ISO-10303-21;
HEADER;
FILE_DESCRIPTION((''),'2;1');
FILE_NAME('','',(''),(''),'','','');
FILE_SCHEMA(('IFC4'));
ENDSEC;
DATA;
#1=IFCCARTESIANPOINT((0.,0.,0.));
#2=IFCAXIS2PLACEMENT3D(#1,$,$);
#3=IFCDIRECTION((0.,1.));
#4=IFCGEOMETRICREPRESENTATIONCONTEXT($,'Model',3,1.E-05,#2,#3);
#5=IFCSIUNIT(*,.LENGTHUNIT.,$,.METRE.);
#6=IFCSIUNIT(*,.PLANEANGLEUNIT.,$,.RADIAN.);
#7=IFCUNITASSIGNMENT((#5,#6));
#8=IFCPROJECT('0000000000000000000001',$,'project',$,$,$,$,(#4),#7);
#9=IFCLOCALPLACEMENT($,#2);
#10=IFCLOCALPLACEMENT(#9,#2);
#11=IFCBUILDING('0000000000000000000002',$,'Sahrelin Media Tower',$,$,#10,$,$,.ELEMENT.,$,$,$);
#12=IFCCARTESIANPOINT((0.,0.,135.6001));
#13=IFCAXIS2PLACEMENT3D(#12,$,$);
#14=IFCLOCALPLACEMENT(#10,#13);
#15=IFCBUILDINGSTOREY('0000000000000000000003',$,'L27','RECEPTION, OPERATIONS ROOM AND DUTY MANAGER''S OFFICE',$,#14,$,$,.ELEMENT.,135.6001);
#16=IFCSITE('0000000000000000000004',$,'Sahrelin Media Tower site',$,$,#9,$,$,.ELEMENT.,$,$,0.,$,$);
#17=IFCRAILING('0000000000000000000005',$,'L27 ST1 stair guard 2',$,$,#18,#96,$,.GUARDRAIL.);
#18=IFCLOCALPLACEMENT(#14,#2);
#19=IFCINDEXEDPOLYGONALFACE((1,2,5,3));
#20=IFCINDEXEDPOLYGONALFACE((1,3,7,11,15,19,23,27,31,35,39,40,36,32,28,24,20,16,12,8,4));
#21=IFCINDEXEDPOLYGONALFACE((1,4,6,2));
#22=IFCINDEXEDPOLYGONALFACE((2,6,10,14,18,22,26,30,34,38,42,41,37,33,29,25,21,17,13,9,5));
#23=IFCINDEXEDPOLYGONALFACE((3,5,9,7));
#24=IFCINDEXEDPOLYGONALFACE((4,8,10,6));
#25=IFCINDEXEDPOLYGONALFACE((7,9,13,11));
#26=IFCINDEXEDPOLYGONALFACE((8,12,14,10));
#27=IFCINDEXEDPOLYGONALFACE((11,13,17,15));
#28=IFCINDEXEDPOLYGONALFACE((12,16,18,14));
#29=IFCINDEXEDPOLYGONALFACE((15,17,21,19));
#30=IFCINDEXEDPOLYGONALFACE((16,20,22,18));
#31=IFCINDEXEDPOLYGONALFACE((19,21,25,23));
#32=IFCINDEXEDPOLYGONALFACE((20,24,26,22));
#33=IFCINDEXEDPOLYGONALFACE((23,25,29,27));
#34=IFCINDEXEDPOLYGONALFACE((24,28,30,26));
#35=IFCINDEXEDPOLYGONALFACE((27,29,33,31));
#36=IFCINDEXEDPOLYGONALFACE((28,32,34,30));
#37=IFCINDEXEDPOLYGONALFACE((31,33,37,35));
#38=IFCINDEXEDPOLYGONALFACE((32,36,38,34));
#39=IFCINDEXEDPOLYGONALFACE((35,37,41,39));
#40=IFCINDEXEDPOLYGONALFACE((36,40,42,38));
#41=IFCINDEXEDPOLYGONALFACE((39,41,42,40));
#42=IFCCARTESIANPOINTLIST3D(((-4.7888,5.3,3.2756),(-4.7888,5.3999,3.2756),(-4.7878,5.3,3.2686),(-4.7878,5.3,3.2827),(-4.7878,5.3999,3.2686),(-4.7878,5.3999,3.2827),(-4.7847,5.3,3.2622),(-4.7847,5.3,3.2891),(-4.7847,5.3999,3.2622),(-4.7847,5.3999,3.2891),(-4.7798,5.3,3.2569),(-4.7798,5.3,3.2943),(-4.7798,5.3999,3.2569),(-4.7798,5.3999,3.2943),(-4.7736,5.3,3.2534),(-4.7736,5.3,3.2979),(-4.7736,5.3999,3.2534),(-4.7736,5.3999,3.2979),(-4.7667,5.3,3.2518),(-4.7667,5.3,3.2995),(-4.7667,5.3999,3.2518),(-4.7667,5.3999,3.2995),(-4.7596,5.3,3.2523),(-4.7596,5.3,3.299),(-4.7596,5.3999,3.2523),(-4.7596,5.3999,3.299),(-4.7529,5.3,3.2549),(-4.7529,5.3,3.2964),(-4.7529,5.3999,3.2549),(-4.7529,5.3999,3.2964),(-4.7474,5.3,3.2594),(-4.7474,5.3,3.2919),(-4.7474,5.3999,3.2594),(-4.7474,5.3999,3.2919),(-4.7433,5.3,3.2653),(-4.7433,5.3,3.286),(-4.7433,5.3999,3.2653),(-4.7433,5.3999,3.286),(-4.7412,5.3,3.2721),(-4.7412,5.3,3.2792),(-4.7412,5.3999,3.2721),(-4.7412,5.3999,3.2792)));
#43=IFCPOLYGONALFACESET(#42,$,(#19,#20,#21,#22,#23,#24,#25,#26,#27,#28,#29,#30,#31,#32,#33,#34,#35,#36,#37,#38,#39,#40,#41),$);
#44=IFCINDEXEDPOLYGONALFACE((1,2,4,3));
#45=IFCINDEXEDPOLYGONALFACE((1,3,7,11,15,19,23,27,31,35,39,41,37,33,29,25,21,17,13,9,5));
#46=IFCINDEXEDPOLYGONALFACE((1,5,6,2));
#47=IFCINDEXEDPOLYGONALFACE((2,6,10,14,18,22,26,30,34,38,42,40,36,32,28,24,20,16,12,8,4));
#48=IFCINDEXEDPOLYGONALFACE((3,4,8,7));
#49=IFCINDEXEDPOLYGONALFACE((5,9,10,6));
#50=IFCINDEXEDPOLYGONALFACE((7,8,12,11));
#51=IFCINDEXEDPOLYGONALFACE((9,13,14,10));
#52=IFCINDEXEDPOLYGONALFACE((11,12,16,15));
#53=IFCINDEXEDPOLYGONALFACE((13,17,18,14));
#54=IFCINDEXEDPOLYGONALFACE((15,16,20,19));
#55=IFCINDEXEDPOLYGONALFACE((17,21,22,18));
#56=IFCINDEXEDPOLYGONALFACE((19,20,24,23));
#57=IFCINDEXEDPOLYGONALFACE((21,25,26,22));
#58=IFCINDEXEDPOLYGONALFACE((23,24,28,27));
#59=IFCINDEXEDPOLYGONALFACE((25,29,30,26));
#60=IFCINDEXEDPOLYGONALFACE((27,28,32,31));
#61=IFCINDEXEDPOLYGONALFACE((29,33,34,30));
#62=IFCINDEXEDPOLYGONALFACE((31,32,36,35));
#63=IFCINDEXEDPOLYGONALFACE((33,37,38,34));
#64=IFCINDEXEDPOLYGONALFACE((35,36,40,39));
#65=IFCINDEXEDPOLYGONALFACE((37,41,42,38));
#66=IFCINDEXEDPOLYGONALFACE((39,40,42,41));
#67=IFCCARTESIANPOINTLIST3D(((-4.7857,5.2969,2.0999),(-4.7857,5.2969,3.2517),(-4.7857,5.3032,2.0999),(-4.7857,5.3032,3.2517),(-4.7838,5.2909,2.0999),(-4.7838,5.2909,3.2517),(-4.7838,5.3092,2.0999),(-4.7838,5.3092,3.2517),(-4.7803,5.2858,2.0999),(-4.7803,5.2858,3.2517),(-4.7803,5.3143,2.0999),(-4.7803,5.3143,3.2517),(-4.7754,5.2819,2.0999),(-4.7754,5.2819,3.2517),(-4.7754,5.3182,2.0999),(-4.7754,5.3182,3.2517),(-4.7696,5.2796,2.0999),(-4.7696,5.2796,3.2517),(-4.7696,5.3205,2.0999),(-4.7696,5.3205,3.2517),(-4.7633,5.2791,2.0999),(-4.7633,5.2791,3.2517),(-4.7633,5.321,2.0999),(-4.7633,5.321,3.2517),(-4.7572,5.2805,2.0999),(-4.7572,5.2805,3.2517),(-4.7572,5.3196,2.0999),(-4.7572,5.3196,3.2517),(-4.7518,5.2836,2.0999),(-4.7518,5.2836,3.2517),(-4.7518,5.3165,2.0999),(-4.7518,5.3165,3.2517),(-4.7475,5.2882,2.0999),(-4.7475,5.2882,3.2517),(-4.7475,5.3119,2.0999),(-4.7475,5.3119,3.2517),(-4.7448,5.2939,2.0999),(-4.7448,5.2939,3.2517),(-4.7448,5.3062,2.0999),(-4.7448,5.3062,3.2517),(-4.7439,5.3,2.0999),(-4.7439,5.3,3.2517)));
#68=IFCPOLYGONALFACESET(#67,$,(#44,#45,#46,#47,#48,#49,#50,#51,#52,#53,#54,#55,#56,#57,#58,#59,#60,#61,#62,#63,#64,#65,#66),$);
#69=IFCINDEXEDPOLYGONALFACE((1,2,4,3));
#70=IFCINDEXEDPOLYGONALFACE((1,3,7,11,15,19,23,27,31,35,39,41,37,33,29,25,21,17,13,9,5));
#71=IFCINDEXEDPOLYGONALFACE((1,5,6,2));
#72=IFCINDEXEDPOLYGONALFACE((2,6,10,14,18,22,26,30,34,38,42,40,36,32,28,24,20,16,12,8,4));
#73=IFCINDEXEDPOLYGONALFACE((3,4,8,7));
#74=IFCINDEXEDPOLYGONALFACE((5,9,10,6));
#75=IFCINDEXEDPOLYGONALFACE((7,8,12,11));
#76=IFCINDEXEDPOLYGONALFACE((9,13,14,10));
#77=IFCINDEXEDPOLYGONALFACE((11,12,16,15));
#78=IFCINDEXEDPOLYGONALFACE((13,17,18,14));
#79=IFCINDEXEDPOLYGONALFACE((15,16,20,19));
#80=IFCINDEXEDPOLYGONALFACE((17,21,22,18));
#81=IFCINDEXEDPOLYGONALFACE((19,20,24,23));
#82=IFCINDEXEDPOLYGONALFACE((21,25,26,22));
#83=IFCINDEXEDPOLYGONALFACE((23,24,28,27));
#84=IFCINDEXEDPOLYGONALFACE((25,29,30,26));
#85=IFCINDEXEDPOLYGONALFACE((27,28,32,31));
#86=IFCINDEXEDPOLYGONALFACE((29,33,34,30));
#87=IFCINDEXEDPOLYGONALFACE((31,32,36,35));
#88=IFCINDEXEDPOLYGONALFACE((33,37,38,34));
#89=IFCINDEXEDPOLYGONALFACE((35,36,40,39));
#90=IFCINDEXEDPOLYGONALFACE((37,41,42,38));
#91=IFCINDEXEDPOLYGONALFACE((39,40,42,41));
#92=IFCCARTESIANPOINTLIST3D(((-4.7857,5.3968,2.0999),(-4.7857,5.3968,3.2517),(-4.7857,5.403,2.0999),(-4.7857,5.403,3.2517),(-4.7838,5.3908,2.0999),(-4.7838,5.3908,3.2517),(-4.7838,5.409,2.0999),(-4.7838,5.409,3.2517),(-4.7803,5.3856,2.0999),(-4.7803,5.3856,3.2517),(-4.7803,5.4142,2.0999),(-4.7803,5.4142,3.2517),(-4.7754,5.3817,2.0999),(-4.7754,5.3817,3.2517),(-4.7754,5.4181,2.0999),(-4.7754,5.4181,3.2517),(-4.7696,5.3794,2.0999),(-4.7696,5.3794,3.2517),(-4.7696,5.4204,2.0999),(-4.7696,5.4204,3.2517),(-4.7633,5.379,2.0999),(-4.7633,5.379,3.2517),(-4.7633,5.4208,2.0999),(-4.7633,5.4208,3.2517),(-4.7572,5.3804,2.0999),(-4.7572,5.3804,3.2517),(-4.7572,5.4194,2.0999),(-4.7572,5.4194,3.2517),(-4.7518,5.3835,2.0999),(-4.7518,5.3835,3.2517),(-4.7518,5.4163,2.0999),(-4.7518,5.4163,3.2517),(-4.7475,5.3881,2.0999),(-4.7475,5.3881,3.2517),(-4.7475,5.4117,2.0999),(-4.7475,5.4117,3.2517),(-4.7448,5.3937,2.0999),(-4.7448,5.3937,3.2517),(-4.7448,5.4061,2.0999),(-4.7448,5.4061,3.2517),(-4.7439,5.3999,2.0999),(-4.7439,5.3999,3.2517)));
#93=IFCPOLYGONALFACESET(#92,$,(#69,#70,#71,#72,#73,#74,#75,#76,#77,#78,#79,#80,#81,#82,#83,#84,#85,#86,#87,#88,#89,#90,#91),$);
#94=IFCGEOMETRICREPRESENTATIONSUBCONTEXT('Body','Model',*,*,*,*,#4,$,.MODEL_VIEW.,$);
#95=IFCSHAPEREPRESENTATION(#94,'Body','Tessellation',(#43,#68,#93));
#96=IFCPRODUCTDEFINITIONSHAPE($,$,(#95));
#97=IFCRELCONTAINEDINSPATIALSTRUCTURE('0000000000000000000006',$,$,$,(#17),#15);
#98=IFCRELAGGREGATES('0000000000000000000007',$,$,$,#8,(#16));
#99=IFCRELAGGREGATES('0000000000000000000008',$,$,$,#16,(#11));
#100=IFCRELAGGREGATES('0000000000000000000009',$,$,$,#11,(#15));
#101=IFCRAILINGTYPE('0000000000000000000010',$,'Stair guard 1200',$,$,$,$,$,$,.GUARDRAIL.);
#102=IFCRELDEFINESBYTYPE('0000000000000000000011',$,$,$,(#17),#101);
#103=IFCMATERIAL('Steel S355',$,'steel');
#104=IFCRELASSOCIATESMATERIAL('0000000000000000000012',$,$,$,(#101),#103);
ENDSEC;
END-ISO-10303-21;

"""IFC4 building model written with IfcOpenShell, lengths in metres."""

from ifc_helpers import new_model, si_unit, direction, frame, origin, origin_2d, place, context, subcontext, project, spatial, circle, extrude, material, type_object, element, save


model = new_model("IFC4")

# Units and contexts
model_context = context("Model", 3, precision=1e-05, world=origin(), true_north=direction((0.0, 1.0)))
body_context = subcontext(model_context, "Body", "Model", "MODEL_VIEW")
ifc_project = project(units=[si_unit("LENGTHUNIT", "METRE"), si_unit("PLANEANGLEUNIT", "RADIAN")], contexts=[model_context])

# Site, building, storey
site_placement = place(None, origin())
site = spatial("IfcSite", under=ifc_project, at=site_placement, Name="Sahrelin Media Tower site", CompositionType="ELEMENT", RefElevation=0.0)
building_placement = place(site_placement, origin())
building = spatial("IfcBuilding", under=site, at=building_placement, Name="Sahrelin Media Tower", CompositionType="ELEMENT")
storey_placement = place(building_placement, frame((0.0, 0.0, 135.6001)))
storey = spatial("IfcBuildingStorey", under=building, at=storey_placement, Name="L27", Description="RECEPTION, OPERATIONS ROOM AND DUTY MANAGER'S OFFICE", CompositionType="ELEMENT", Elevation=135.6001)

# Shared definitions
ifc_material_1 = material(Name="Steel S355", Category="steel")

# Railing
railing_type_1 = type_object("IfcRailingType", Name="Stair guard 1200", PredefinedType="GUARDRAIL", material=ifc_material_1)
railing_1_placement = place(storey_placement, frame((-4.7649, 5.3, 2.0999)))
element("IfcRailing", 1, at=railing_1_placement, inside=storey, type_object=railing_type_1, Name="L27 ST1 stair guard 2", PredefinedType="GUARDRAIL", context=body_context, shape_type="SweptSolid", body=[
    extrude(circle(Radius=0.0239, at=origin_2d()), frame((0.0, 0.0, 1.1758), z_axis=(0.0, 1.0, 0.0), x_axis=(-1.0, 0.0, 0.0)), (0.0, 0.0, 1.0), 0.0999),
    extrude(circle(Radius=0.021, at=origin_2d()), origin(), (0.0, 0.0, 1.0), 1.1519),
    extrude(circle(Radius=0.021, at=origin_2d()), frame((0.0, 0.0999, 0.0)), (0.0, 0.0, 1.0), 1.1519),
])

save(model, "model.ifc")
